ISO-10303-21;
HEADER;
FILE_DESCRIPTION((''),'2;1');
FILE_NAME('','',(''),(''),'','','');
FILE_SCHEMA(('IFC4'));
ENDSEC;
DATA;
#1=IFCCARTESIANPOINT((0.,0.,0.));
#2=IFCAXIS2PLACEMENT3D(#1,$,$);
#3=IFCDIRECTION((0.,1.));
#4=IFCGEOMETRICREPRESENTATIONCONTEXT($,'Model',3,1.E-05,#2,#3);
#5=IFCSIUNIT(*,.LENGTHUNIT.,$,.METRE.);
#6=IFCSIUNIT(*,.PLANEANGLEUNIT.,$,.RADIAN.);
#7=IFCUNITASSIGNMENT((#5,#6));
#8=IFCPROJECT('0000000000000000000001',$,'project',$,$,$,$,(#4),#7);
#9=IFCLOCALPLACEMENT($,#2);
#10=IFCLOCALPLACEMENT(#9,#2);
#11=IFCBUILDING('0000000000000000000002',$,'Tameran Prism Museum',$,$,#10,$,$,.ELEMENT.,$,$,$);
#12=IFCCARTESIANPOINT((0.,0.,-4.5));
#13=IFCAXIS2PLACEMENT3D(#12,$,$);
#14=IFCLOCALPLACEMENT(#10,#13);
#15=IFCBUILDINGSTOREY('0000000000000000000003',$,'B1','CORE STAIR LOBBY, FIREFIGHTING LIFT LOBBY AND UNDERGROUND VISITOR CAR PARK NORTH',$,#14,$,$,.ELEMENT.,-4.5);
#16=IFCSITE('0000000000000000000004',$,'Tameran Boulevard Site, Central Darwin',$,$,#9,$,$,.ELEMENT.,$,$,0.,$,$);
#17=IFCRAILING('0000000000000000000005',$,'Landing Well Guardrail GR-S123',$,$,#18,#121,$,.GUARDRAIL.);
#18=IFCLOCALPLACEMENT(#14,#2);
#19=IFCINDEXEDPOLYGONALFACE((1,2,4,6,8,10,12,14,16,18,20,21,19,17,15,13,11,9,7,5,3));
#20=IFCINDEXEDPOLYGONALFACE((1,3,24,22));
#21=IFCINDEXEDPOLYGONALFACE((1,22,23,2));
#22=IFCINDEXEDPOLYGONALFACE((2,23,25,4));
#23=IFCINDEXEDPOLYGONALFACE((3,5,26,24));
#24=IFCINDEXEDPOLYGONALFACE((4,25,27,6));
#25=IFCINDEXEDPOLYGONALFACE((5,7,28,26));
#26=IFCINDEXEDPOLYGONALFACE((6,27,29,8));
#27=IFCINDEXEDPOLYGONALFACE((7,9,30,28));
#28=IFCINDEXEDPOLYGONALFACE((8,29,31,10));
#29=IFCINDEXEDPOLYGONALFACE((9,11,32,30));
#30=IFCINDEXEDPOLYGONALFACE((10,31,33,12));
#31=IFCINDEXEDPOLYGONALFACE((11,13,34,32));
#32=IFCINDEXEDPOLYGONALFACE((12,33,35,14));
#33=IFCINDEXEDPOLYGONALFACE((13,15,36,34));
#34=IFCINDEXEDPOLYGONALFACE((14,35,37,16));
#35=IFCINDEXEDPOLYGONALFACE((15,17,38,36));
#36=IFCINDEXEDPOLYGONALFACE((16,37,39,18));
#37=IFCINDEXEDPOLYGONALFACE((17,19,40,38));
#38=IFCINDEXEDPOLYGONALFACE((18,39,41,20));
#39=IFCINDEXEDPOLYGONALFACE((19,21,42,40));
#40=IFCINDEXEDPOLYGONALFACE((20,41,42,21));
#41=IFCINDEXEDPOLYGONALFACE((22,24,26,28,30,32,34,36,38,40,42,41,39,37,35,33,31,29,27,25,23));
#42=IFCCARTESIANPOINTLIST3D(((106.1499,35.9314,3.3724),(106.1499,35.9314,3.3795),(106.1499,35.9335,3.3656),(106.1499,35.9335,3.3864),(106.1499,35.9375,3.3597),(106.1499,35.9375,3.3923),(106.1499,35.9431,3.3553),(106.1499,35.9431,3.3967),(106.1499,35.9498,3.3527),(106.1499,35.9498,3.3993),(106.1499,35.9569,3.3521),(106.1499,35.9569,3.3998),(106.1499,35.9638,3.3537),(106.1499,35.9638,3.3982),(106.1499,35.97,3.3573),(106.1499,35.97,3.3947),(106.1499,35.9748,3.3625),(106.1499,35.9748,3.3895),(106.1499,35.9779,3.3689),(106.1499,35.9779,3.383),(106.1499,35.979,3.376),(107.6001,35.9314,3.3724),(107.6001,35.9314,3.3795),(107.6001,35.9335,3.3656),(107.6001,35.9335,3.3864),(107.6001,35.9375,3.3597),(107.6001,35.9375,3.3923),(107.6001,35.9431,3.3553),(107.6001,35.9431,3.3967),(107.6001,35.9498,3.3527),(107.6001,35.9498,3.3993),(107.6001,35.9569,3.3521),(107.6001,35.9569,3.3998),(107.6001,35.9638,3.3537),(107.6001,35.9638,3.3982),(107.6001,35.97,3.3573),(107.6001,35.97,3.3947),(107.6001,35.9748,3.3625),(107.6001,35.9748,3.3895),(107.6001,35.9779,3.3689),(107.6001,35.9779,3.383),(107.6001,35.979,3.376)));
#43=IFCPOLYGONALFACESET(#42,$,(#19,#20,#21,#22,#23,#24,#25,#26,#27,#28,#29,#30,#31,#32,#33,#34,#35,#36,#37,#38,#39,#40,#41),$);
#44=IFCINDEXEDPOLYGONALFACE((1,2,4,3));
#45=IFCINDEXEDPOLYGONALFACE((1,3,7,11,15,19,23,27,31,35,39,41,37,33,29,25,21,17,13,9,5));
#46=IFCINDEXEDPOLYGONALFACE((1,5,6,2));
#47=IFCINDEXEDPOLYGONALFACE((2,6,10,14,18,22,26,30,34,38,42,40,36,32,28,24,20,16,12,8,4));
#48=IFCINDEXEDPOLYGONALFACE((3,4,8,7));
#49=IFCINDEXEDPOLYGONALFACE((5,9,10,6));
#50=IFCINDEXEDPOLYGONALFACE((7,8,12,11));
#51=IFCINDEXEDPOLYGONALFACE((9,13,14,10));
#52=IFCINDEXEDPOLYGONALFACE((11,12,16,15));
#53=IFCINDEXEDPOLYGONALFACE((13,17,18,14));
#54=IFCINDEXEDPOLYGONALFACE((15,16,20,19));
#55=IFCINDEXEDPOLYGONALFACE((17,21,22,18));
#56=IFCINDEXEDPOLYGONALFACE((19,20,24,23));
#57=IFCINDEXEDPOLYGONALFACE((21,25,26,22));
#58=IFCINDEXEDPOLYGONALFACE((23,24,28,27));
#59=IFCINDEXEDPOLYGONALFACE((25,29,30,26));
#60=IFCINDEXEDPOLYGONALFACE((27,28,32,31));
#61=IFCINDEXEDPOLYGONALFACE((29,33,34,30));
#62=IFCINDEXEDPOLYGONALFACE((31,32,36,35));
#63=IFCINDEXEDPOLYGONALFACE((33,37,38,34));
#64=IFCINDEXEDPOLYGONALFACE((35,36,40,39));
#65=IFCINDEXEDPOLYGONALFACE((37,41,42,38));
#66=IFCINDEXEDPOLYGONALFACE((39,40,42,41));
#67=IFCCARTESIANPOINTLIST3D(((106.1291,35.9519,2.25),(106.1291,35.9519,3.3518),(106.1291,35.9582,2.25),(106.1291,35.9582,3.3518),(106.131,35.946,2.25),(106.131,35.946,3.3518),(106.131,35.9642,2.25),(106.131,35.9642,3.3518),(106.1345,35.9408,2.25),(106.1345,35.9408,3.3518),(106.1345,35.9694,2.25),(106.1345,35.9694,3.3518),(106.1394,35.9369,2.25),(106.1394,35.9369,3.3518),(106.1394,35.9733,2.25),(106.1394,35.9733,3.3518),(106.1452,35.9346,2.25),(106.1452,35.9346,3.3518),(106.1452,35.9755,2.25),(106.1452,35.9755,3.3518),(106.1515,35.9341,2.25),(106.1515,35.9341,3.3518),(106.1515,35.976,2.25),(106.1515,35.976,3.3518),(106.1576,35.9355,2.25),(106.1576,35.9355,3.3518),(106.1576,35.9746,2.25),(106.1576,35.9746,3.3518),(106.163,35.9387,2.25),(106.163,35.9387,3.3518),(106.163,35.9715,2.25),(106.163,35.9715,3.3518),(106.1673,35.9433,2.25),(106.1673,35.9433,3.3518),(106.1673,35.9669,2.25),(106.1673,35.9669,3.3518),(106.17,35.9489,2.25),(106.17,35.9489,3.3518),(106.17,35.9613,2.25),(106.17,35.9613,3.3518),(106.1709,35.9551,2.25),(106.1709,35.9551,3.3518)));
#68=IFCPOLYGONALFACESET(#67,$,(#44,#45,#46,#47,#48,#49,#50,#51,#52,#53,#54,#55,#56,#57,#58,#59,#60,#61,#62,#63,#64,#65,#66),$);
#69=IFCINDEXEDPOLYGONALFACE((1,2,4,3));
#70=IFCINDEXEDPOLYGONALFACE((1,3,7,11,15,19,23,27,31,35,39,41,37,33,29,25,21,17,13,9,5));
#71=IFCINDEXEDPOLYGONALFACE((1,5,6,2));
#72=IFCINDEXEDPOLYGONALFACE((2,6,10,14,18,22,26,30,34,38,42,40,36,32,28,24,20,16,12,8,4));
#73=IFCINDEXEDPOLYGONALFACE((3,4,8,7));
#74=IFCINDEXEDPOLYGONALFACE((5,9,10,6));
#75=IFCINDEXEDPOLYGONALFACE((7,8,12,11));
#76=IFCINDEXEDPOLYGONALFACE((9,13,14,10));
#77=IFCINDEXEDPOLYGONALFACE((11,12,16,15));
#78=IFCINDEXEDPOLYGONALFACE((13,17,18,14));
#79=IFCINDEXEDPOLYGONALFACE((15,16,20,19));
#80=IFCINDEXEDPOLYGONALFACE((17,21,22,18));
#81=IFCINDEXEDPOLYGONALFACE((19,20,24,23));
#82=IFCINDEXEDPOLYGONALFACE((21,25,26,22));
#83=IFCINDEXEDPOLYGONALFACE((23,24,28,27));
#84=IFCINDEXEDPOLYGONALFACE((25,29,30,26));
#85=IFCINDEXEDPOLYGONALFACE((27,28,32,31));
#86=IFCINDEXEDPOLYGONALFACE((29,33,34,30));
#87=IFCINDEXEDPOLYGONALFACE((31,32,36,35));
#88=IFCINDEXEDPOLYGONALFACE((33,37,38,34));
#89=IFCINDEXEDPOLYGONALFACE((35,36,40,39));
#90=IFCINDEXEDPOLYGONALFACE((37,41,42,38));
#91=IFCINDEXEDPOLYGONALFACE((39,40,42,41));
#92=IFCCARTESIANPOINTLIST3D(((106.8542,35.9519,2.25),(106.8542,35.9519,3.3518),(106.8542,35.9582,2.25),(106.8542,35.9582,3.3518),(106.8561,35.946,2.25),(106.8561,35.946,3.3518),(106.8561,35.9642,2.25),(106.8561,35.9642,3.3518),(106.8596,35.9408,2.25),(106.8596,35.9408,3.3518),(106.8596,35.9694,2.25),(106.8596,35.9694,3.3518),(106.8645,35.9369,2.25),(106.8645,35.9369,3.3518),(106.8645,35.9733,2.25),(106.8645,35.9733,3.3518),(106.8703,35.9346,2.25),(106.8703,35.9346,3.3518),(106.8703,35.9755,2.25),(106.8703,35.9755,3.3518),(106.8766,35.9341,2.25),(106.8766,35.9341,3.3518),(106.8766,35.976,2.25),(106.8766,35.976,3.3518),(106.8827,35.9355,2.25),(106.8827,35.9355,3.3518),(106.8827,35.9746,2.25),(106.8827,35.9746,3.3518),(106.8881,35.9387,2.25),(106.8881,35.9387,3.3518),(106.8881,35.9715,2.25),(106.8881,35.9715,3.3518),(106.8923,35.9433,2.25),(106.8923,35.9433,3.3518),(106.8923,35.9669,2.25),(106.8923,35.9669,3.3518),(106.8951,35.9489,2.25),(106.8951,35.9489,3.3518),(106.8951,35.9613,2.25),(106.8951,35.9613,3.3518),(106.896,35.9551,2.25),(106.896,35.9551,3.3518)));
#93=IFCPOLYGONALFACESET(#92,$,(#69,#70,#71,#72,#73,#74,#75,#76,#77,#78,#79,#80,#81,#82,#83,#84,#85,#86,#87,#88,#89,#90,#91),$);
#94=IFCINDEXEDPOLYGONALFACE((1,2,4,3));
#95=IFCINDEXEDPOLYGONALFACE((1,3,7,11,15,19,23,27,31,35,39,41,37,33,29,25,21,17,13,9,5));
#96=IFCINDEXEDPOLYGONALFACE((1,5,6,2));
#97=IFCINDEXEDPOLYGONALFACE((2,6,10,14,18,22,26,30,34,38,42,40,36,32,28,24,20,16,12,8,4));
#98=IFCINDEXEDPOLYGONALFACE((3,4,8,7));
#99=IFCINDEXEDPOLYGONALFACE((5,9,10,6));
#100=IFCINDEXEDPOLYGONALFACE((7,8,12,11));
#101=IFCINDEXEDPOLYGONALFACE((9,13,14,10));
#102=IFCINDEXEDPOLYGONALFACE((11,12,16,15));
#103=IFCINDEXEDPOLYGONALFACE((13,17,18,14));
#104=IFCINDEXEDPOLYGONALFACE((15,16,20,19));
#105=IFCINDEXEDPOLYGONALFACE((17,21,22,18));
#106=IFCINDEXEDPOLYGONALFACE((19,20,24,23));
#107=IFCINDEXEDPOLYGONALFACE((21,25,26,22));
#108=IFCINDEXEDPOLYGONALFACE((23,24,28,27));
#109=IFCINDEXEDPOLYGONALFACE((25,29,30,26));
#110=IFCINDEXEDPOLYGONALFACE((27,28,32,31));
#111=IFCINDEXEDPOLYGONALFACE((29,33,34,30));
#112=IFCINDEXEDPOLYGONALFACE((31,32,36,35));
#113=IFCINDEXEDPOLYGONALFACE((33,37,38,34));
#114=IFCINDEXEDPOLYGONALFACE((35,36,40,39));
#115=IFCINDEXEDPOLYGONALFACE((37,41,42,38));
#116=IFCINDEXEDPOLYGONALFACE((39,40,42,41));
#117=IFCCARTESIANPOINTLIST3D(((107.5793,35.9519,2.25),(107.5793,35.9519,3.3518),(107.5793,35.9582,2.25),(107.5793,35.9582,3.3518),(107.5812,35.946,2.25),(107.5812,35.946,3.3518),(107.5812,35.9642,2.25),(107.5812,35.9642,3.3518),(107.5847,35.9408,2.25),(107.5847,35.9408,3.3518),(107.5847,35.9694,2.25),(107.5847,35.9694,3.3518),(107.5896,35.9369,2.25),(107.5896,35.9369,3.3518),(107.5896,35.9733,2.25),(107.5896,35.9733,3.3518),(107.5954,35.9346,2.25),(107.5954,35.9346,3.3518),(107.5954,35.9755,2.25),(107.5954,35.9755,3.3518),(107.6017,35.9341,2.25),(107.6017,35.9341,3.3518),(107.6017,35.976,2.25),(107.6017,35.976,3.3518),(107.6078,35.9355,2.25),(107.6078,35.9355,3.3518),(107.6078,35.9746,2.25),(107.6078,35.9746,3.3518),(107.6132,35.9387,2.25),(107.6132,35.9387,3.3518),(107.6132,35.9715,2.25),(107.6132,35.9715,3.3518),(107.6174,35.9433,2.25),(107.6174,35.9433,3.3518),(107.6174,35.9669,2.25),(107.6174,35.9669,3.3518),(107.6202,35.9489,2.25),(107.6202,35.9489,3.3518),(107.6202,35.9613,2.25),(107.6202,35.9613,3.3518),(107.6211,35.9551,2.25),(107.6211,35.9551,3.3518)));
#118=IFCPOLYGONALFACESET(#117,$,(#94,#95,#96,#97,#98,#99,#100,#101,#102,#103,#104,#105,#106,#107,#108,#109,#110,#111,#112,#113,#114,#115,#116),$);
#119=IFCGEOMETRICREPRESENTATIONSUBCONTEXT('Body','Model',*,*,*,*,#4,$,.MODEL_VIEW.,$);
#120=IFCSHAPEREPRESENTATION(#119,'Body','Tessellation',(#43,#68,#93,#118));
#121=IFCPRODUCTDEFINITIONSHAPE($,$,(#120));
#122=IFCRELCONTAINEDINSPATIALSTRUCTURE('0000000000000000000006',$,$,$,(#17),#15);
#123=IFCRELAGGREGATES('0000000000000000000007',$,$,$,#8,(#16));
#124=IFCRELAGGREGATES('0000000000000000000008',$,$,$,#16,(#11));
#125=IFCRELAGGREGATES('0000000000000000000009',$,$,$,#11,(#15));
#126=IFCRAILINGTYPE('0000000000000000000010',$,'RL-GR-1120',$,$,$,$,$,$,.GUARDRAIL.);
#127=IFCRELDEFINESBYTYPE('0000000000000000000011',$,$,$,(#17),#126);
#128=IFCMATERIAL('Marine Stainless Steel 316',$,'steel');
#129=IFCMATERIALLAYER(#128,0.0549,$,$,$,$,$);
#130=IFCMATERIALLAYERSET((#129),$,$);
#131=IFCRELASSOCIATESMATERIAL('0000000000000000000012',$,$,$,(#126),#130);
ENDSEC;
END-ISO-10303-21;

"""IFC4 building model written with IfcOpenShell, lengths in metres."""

from ifc_helpers import new_model, si_unit, direction, frame, origin, origin_2d, place, context, subcontext, project, spatial, circle, extrude, material, layer, layer_set, type_object, element, save


model = new_model("IFC4")

# Units and contexts
model_context = context("Model", 3, precision=1e-05, world=origin(), true_north=direction((0.0, 1.0)))
body_context = subcontext(model_context, "Body", "Model", "MODEL_VIEW")
ifc_project = project(units=[si_unit("LENGTHUNIT", "METRE"), si_unit("PLANEANGLEUNIT", "RADIAN")], contexts=[model_context])

# Site, building, storey
site_placement = place(None, origin())
site = spatial("IfcSite", under=ifc_project, at=site_placement, Name="Tameran Boulevard Site, Central Darwin", CompositionType="ELEMENT", RefElevation=0.0)
building_placement = place(site_placement, origin())
building = spatial("IfcBuilding", under=site, at=building_placement, Name="Tameran Prism Museum", CompositionType="ELEMENT")
storey_placement = place(building_placement, frame((0.0, 0.0, -4.5)))
storey = spatial("IfcBuildingStorey", under=building, at=storey_placement, Name="B1", Description="CORE STAIR LOBBY, FIREFIGHTING LIFT LOBBY AND UNDERGROUND VISITOR CAR PARK NORTH", CompositionType="ELEMENT", Elevation=-4.5)

# Railing
ifc_material_1 = material(Name="Marine Stainless Steel 316", Category="steel")
ifc_layer_1 = layer(ifc_material_1, 0.0549)
ifc_layer_set_1 = layer_set([ifc_layer_1])
railing_type_1 = type_object("IfcRailingType", Name="RL-GR-1120", PredefinedType="GUARDRAIL", material=ifc_layer_set_1)
railing_1_placement = place(storey_placement, frame((106.1499, 35.9551, 2.25)))
element("IfcRailing", 1, at=railing_1_placement, inside=storey, type_object=railing_type_1, Name="Landing Well Guardrail GR-S123", PredefinedType="GUARDRAIL", context=body_context, shape_type="SweptSolid", body=[
    extrude(circle(Radius=0.0239, at=origin_2d()), frame((0.0, 0.0, 1.126), z_axis=(1.0, 0.0, 0.0), x_axis=(0.0, 1.0, 0.0)), (0.0, 0.0, 1.0), 1.4502),
    extrude(circle(Radius=0.021, at=origin_2d()), origin(), (0.0, 0.0, 1.0), 1.1018),
    extrude(circle(Radius=0.021, at=origin_2d()), frame((0.7251, 0.0, 0.0)), (0.0, 0.0, 1.0), 1.1018),
    extrude(circle(Radius=0.021, at=origin_2d()), frame((1.4502, 0.0, 0.0)), (0.0, 0.0, 1.0), 1.1018),
])

save(model, "model.ifc")
